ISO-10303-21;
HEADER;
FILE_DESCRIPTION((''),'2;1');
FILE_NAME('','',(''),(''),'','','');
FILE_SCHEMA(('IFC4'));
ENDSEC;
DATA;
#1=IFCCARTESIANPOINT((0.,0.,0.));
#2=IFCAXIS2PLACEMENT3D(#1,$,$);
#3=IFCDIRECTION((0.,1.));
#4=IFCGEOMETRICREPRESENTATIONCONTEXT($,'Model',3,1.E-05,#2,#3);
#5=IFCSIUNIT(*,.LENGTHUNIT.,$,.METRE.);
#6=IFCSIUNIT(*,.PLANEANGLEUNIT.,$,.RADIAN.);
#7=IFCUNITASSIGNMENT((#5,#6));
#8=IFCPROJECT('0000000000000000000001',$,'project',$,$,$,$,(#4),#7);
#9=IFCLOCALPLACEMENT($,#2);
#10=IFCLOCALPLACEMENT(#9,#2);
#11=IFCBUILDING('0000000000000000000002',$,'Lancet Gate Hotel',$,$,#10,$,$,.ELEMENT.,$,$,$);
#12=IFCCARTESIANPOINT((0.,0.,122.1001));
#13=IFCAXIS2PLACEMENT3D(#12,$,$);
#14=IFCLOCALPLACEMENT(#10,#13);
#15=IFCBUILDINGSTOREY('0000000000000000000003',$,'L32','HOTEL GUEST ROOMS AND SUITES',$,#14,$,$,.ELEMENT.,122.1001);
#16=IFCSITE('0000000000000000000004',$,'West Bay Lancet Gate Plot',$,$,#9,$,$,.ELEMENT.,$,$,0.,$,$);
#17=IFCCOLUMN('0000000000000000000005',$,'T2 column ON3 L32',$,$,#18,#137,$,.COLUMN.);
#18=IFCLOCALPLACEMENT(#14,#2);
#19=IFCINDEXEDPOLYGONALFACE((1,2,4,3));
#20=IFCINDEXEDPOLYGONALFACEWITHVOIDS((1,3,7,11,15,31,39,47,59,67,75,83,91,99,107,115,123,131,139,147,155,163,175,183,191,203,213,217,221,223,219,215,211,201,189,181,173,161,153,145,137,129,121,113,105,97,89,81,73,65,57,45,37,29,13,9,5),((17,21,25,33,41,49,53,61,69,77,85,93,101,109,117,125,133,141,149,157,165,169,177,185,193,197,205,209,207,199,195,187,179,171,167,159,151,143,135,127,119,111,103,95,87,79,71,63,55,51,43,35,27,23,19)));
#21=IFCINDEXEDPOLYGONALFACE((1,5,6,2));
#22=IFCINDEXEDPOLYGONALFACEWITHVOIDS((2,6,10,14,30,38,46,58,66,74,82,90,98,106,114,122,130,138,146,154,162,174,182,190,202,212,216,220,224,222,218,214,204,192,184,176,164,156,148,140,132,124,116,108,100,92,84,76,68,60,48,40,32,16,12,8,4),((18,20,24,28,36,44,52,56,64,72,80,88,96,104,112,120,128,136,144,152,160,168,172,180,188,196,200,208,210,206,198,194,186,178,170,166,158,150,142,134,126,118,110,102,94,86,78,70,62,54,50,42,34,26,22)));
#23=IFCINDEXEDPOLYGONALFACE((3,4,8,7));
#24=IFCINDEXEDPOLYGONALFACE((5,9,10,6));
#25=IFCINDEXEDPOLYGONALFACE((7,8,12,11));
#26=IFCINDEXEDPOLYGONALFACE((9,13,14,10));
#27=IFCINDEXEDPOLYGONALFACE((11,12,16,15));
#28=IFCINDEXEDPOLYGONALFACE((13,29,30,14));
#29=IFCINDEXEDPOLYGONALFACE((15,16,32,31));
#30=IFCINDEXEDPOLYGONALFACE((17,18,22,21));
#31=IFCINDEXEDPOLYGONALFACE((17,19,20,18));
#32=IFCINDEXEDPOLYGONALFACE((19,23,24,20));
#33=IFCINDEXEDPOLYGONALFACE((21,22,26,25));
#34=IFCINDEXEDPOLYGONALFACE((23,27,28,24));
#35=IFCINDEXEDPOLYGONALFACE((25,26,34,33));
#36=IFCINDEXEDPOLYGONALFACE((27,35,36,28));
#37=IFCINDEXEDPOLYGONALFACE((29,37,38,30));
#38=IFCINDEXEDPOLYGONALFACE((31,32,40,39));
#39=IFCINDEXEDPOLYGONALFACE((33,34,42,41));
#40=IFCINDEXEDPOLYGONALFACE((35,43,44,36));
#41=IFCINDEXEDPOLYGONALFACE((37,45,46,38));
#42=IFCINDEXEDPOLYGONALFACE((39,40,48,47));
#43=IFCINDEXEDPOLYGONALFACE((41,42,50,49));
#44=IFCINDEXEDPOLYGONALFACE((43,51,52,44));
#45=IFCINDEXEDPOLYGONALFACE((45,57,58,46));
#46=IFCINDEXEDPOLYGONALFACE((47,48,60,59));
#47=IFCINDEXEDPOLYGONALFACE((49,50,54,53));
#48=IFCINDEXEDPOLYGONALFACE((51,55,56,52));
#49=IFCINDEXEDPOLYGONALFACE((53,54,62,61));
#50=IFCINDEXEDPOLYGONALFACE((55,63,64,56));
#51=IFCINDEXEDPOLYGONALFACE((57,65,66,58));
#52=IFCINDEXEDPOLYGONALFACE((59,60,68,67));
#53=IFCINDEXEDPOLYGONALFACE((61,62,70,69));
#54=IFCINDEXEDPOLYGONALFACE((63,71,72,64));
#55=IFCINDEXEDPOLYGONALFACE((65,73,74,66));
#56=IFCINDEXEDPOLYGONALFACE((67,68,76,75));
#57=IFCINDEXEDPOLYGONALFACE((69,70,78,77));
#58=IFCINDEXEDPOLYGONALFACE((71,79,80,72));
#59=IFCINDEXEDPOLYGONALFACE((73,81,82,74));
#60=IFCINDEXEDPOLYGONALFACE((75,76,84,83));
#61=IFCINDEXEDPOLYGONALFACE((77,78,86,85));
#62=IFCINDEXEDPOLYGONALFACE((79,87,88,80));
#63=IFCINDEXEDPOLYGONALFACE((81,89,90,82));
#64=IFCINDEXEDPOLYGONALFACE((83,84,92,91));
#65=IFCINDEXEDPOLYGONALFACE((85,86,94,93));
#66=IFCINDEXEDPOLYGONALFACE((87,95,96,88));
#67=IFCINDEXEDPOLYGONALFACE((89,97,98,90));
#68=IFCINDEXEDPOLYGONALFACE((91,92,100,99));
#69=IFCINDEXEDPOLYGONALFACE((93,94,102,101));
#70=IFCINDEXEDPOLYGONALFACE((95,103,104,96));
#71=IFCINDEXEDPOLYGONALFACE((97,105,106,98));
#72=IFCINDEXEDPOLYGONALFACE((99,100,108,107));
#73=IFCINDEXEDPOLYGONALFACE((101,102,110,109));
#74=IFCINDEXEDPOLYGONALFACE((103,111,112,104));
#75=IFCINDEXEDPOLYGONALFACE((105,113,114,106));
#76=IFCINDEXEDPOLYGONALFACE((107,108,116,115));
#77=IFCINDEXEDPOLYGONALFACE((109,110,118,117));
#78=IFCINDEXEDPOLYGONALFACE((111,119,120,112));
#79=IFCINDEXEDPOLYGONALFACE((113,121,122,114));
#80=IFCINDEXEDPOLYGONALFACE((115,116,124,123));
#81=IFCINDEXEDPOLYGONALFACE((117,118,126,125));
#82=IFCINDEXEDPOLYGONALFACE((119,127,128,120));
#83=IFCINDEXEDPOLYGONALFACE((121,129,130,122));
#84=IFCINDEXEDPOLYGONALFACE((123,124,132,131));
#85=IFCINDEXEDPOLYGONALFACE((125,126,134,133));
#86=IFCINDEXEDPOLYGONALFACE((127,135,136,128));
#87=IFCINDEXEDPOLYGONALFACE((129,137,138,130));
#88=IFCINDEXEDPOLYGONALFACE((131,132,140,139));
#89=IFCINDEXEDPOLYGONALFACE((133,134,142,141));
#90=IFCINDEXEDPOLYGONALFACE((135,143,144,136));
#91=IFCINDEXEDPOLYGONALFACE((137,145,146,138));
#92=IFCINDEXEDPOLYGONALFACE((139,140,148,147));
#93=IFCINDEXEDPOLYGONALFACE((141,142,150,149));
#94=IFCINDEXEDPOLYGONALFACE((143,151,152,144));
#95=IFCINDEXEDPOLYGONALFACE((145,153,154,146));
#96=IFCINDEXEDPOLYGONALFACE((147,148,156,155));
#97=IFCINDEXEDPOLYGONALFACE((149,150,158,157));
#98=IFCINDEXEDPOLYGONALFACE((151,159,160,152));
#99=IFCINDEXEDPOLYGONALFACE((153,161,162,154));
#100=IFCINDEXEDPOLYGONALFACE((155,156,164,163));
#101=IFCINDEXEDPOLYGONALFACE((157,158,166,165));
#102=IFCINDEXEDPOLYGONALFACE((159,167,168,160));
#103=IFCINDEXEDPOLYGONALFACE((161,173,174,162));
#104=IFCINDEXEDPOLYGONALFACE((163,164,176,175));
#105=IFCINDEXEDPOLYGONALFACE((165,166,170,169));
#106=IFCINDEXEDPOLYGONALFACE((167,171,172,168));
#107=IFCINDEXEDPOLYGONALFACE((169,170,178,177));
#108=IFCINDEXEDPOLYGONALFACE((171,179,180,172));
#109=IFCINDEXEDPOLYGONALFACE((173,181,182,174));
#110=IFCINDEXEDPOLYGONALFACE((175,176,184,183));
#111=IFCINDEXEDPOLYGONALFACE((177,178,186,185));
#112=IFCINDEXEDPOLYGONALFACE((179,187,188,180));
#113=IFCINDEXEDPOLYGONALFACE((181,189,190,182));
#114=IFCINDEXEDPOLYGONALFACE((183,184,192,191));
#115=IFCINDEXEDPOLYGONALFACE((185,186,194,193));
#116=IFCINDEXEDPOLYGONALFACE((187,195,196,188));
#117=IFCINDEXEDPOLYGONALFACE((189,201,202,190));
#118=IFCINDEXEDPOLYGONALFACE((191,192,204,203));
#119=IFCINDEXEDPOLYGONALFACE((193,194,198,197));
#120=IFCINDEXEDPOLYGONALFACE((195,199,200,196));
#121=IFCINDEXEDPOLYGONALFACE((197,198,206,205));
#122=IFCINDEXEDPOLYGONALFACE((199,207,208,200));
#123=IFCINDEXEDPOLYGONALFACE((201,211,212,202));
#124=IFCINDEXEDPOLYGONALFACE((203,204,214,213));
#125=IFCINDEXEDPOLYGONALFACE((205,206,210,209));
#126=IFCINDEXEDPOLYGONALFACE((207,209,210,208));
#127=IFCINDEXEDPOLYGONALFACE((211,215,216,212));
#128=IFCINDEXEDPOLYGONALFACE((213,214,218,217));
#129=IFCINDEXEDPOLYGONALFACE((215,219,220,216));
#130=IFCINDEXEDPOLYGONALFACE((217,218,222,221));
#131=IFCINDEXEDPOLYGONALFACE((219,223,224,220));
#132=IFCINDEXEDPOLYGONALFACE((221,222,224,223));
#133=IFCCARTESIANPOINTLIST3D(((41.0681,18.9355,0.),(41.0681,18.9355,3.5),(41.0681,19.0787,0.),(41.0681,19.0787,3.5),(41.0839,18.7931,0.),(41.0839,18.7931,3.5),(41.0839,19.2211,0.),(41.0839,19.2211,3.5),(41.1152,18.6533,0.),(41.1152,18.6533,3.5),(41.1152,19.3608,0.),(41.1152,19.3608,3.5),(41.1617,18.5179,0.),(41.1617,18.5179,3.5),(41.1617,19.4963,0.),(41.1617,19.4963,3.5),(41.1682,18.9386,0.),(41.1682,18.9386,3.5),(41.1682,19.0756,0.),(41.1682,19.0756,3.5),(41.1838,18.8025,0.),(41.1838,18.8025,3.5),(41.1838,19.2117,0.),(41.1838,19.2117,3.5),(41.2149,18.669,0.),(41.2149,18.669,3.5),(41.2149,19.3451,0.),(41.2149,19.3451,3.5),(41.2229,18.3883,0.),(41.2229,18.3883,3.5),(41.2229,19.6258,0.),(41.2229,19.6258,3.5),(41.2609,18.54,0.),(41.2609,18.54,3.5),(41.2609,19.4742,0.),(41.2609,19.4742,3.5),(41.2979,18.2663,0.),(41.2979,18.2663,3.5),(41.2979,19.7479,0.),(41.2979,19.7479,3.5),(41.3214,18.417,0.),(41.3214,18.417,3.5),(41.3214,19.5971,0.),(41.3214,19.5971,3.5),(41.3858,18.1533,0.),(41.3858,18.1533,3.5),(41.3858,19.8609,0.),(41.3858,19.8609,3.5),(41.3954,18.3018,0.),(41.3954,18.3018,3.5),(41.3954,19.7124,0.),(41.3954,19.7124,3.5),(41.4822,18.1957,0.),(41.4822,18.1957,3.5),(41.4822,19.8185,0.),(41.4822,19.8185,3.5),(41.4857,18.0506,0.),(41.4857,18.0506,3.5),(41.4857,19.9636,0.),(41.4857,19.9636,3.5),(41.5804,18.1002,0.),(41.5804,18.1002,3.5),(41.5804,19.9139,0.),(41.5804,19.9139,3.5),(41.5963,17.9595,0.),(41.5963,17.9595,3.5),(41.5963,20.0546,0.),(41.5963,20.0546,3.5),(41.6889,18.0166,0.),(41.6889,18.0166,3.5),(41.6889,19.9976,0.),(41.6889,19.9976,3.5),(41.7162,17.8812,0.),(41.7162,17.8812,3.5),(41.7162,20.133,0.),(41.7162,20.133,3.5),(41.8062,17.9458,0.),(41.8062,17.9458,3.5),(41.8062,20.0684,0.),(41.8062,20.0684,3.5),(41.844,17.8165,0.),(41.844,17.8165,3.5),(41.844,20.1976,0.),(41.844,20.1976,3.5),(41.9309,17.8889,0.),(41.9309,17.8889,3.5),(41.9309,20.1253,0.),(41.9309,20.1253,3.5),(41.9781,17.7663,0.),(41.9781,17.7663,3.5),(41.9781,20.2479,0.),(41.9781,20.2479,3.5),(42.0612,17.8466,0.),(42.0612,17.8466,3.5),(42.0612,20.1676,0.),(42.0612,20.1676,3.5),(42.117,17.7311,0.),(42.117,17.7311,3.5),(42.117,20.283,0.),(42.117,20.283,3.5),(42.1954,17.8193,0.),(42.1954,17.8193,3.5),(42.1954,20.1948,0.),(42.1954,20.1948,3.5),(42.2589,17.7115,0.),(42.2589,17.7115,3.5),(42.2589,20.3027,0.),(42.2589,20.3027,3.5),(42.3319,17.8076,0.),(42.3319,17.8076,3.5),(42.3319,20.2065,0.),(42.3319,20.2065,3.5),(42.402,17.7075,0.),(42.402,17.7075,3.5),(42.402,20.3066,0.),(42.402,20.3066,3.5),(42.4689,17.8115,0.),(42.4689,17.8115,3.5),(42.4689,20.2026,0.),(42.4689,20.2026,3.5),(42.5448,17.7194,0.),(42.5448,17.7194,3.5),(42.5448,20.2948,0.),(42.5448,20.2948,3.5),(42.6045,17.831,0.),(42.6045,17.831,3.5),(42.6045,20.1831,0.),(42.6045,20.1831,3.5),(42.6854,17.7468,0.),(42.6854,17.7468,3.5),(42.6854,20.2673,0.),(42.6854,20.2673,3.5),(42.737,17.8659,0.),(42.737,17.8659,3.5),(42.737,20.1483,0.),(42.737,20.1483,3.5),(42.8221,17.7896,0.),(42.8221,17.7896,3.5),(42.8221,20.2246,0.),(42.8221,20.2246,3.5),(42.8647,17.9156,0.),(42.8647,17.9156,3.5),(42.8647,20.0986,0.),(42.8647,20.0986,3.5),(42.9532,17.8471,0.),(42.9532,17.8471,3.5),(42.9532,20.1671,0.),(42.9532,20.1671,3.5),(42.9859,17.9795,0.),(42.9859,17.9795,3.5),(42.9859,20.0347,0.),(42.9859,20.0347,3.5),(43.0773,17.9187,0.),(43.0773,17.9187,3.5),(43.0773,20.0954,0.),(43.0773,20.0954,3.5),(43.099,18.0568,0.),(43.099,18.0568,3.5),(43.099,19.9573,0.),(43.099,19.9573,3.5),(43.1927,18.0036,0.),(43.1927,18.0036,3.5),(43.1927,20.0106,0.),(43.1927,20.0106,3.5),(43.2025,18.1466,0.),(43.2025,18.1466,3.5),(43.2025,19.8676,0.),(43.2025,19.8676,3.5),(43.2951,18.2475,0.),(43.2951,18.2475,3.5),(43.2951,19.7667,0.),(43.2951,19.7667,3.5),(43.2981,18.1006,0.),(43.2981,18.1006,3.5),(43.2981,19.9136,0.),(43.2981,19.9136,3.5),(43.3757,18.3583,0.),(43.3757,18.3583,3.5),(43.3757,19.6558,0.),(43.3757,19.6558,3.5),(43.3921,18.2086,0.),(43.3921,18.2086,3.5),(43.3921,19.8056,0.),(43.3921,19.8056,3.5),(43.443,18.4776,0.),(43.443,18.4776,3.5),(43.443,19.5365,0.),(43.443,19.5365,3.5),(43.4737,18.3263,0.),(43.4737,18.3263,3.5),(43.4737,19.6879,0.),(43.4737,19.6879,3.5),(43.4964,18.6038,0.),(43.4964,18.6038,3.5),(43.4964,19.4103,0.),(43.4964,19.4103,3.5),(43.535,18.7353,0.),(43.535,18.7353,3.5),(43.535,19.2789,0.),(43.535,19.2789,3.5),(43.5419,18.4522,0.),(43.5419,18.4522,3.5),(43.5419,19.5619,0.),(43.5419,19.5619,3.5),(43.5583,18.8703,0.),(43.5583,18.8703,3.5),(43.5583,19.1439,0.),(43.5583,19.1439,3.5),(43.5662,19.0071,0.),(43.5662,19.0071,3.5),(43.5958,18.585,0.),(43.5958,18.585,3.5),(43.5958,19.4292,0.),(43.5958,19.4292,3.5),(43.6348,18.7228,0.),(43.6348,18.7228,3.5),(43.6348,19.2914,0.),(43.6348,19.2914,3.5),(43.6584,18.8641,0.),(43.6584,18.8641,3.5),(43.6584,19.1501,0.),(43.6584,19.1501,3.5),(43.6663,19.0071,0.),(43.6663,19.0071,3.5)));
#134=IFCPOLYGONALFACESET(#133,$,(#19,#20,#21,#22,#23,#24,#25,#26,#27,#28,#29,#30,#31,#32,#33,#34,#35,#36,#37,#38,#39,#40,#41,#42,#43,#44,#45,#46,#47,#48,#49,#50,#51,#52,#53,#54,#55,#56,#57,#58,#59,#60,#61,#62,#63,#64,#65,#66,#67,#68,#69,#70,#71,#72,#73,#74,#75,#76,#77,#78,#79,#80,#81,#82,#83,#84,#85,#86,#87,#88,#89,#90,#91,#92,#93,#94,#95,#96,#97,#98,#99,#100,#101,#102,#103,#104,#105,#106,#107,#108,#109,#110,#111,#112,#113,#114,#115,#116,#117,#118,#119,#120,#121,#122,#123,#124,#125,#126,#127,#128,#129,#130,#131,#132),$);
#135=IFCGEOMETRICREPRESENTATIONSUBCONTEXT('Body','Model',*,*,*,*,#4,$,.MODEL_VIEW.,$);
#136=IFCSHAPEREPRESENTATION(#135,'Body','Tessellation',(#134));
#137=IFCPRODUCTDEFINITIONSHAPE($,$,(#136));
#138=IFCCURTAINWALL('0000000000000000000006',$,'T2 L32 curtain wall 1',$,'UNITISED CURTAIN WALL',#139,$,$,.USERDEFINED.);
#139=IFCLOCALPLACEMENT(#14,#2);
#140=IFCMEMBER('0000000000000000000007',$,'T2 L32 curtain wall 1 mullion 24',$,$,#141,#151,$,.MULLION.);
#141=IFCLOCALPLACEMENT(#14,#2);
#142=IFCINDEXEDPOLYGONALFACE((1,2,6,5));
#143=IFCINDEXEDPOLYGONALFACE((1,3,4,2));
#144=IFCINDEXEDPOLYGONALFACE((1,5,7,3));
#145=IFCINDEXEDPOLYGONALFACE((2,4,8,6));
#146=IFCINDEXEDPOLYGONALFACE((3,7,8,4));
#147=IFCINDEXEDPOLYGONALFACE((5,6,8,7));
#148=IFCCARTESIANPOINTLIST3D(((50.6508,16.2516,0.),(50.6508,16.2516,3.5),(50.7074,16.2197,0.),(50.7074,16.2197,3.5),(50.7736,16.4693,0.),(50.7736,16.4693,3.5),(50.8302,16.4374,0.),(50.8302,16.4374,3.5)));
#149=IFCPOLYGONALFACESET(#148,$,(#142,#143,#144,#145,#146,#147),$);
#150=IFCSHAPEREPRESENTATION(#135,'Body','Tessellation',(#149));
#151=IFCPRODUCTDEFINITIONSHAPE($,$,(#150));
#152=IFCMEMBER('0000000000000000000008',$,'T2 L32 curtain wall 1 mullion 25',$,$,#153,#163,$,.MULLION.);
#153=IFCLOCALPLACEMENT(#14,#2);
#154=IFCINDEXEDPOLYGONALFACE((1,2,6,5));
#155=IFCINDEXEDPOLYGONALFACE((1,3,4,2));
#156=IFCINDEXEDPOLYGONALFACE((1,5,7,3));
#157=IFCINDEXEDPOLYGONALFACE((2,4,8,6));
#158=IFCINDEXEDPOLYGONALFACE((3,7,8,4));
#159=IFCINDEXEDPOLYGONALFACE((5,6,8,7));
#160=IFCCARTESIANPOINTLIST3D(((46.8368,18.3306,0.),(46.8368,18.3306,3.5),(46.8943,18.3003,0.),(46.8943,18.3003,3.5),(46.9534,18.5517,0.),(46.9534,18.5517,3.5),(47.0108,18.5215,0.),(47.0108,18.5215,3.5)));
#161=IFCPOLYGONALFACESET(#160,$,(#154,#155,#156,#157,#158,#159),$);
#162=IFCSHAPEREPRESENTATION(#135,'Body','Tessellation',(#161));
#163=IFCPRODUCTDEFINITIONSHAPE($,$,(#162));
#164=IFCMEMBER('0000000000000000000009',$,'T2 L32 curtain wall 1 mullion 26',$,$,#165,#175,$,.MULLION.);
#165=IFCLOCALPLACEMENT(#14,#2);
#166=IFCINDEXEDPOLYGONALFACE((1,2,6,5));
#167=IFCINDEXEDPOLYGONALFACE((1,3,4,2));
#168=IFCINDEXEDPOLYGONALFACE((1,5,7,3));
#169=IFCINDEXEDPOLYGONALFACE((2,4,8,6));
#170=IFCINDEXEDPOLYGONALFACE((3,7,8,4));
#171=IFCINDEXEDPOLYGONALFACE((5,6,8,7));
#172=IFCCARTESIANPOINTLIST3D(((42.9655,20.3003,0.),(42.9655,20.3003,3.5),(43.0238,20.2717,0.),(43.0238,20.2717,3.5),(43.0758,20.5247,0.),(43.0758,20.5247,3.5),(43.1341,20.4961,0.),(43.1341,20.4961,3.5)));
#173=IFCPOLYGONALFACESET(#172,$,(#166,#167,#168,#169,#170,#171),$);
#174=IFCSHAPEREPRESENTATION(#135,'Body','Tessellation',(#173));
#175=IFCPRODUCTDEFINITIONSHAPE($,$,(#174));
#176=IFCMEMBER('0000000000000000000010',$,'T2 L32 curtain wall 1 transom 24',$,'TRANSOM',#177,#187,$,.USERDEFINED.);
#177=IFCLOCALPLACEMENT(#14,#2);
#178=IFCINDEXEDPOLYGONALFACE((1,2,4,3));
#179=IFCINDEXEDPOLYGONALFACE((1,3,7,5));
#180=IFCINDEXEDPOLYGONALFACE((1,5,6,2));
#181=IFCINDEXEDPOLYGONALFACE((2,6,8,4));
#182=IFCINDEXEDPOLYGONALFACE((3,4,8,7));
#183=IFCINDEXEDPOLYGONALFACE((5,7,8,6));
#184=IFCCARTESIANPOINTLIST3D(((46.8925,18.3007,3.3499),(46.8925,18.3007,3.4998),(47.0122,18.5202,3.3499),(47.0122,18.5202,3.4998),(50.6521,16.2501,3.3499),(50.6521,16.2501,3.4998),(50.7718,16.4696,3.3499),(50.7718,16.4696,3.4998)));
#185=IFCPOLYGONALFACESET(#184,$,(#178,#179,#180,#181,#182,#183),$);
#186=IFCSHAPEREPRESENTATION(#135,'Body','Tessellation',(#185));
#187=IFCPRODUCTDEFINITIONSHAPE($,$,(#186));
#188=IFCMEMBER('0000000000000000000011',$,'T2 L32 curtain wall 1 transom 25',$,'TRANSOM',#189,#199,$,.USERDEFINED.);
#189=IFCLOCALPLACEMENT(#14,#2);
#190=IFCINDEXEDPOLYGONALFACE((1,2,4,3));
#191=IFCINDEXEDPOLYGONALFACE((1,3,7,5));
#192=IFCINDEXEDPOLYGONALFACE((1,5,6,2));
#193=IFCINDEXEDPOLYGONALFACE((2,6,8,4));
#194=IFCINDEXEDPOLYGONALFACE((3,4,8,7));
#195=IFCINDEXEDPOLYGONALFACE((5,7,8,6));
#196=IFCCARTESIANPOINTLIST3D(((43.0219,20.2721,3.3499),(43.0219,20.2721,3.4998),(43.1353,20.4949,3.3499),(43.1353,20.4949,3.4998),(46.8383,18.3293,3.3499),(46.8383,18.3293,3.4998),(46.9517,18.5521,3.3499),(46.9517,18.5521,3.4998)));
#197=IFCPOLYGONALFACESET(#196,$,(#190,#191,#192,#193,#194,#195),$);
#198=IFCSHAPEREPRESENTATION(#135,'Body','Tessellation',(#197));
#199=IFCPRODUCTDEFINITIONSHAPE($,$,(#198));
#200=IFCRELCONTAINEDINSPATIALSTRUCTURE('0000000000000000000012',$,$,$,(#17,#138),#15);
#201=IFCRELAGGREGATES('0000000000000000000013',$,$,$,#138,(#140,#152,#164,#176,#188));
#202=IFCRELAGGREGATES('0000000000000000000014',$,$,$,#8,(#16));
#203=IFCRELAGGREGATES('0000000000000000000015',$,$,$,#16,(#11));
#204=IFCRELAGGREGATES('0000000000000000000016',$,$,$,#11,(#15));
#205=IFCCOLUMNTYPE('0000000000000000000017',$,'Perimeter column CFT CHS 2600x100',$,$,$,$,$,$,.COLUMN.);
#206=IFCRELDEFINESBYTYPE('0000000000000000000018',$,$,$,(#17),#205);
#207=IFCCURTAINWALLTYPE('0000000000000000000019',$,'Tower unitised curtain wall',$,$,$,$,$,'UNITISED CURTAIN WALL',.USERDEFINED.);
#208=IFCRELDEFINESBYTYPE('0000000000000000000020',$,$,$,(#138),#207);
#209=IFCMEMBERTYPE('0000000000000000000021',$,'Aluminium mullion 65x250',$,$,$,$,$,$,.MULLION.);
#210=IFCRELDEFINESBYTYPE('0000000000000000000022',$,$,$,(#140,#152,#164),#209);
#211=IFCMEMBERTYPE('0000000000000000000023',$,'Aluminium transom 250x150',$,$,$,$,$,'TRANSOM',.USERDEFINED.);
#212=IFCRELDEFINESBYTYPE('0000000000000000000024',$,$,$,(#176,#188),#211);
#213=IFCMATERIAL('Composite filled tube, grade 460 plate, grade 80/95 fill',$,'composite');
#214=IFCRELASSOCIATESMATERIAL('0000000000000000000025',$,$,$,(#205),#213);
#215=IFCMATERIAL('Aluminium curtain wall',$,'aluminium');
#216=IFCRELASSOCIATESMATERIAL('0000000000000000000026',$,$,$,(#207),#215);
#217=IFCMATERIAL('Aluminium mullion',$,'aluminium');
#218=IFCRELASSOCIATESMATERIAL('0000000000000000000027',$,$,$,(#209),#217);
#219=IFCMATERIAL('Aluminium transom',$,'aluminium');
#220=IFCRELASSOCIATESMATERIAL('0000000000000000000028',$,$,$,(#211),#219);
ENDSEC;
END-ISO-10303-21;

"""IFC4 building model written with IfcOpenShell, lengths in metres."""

from ifc_helpers import new_model, si_unit, direction, frame, origin, origin_2d, place, context, subcontext, project, spatial, rectangle, hollow_circle, extrude, material, material_profile, profile_set, type_object, element, aggregate, save


model = new_model("IFC4")

# Units and contexts
model_context = context("Model", 3, precision=1e-05, world=origin(), true_north=direction((0.0, 1.0)))
body_context = subcontext(model_context, "Body", "Model", "MODEL_VIEW")
ifc_project = project(units=[si_unit("LENGTHUNIT", "METRE"), si_unit("PLANEANGLEUNIT", "RADIAN")], contexts=[model_context])

# Site, building, storey
site_placement = place(None, origin())
site = spatial("IfcSite", under=ifc_project, at=site_placement, Name="West Bay Lancet Gate Plot", CompositionType="ELEMENT", RefElevation=0.0)
building_placement = place(site_placement, origin())
building = spatial("IfcBuilding", under=site, at=building_placement, Name="Lancet Gate Hotel", CompositionType="ELEMENT")
storey_placement = place(building_placement, frame((0.0, 0.0, 122.1001)))
storey = spatial("IfcBuildingStorey", under=building, at=storey_placement, Name="L32", Description="HOTEL GUEST ROOMS AND SUITES", CompositionType="ELEMENT", Elevation=122.1001)

# Column
ifc_material_1 = material(Name="Composite filled tube, grade 460 plate, grade 80/95 fill", Category="composite")
ifc_material_profile_1 = material_profile(ifc_material_1, hollow_circle(Radius=1.3, WallThickness=0.1001, at=origin_2d()), Name="CHS 2600x100")
ifc_profile_set_1 = profile_set([ifc_material_profile_1], Name="Composite filled tube, grade 460 plate, grade 80/95 fill")
column_type = type_object("IfcColumnType", Name="Perimeter column CFT CHS 2600x100", PredefinedType="COLUMN", material=ifc_profile_set_1)
for number, where, z_axis, x_axis, name in (
    (1, (42.3662, 19.0071, 0.0), (0.0, 0.0, 1.0), (1.0, 0.0, 0.0), "T2 column ON3 L32"),
):
    element("IfcColumn", number, at=place(storey_placement, frame(where, z_axis=z_axis, x_axis=x_axis)), inside=storey, type_object=column_type, Name=name, PredefinedType="COLUMN", context=body_context, shape_type="SweptSolid", body=[
        extrude(hollow_circle(Radius=1.3, WallThickness=0.1001, at=origin_2d()), origin(), (0.0, 0.0, 1.0), 3.5),
    ])

# Curtain wall, members
ifc_material_2 = material(Name="Aluminium curtain wall", Category="aluminium")
curtain_wall_type = type_object("IfcCurtainWallType", Name="Tower unitised curtain wall", ElementType="UNITISED CURTAIN WALL", PredefinedType="USERDEFINED", material=ifc_material_2)
curtain_wall_placement = place(storey_placement, origin())
curtain_wall = element("IfcCurtainWall", 2, at=curtain_wall_placement, inside=storey, type_object=curtain_wall_type, Name="T2 L32 curtain wall 1", ObjectType="UNITISED CURTAIN WALL", PredefinedType="USERDEFINED")
ifc_material_3 = material(Name="Aluminium mullion", Category="aluminium")
ifc_material_profile_2 = material_profile(ifc_material_3, rectangle(XDim=0.0649, YDim=0.25, at=origin_2d()), Name="MULLION 65x250")
ifc_profile_set_2 = profile_set([ifc_material_profile_2], Name="Aluminium mullion")
member_type_1 = type_object("IfcMemberType", Name="Aluminium mullion 65x250", PredefinedType="MULLION", material=ifc_profile_set_2)
member_1_placement = place(storey_placement, frame((50.7405, 16.3445, 0.0), z_axis=(0.0, 0.0, 1.0), x_axis=(-0.871029, 0.491232, 0.0)))
member_1 = element("IfcMember", 3, at=member_1_placement, type_object=member_type_1, Name="T2 L32 curtain wall 1 mullion 24", PredefinedType="MULLION", context=body_context, shape_type="SweptSolid", body=[
    extrude(rectangle(XDim=0.0649, YDim=0.25, at=origin_2d()), origin(), (0.0, 0.0, 1.0), 3.5),
])
member_2_placement = place(storey_placement, frame((46.9238, 18.426, 0.0), z_axis=(0.0, 0.0, 1.0), x_axis=(-0.884627, 0.466299, 0.0)))
member_2 = element("IfcMember", 4, at=member_2_placement, type_object=member_type_1, Name="T2 L32 curtain wall 1 mullion 25", PredefinedType="MULLION", context=body_context, shape_type="SweptSolid", body=[
    extrude(rectangle(XDim=0.0649, YDim=0.25, at=origin_2d()), origin(), (0.0, 0.0, 1.0), 3.5),
])
member_3_placement = place(storey_placement, frame((43.0498, 20.3982, 0.0), z_axis=(0.0, 0.0, 1.0), x_axis=(-0.897512, 0.44099, 0.0)))
member_3 = element("IfcMember", 5, at=member_3_placement, type_object=member_type_1, Name="T2 L32 curtain wall 1 mullion 26", PredefinedType="MULLION", context=body_context, shape_type="SweptSolid", body=[
    extrude(rectangle(XDim=0.0649, YDim=0.25, at=origin_2d()), origin(), (0.0, 0.0, 1.0), 3.5),
])
ifc_material_4 = material(Name="Aluminium transom", Category="aluminium")
ifc_material_profile_3 = material_profile(ifc_material_4, rectangle(XDim=0.25, YDim=0.1499, at=origin_2d()), Name="TRANSOM 250x150")
ifc_profile_set_3 = profile_set([ifc_material_profile_3], Name="Aluminium transom")
member_type_2 = type_object("IfcMemberType", Name="Aluminium transom 250x150", ElementType="TRANSOM", PredefinedType="USERDEFINED", material=ifc_profile_set_3)
member_4_placement = place(storey_placement, frame((50.7119, 16.3599, 3.4248), z_axis=(-0.877906, 0.478832, 0.0), x_axis=(-0.478832, -0.877906, 0.0)))
member_4 = element("IfcMember", 6, at=member_4_placement, type_object=member_type_2, Name="T2 L32 curtain wall 1 transom 24", ObjectType="TRANSOM", PredefinedType="USERDEFINED", context=body_context, shape_type="SweptSolid", body=[
    extrude(rectangle(XDim=0.25, YDim=0.1499, at=origin_2d()), origin(), (0.0, 0.0, 1.0), 4.2825),
])
member_5_placement = place(storey_placement, frame((46.895, 18.4407, 3.4248), z_axis=(-0.891166, 0.453678, 0.0), x_axis=(-0.453678, -0.891166, 0.0)))
member_5 = element("IfcMember", 7, at=member_5_placement, type_object=member_type_2, Name="T2 L32 curtain wall 1 transom 25", ObjectType="TRANSOM", PredefinedType="USERDEFINED", context=body_context, shape_type="SweptSolid", body=[
    extrude(rectangle(XDim=0.25, YDim=0.1499, at=origin_2d()), origin(), (0.0, 0.0, 1.0), 4.2825),
])

aggregate(curtain_wall, [member_1, member_2, member_3, member_4, member_5])

save(model, "model.ifc")
